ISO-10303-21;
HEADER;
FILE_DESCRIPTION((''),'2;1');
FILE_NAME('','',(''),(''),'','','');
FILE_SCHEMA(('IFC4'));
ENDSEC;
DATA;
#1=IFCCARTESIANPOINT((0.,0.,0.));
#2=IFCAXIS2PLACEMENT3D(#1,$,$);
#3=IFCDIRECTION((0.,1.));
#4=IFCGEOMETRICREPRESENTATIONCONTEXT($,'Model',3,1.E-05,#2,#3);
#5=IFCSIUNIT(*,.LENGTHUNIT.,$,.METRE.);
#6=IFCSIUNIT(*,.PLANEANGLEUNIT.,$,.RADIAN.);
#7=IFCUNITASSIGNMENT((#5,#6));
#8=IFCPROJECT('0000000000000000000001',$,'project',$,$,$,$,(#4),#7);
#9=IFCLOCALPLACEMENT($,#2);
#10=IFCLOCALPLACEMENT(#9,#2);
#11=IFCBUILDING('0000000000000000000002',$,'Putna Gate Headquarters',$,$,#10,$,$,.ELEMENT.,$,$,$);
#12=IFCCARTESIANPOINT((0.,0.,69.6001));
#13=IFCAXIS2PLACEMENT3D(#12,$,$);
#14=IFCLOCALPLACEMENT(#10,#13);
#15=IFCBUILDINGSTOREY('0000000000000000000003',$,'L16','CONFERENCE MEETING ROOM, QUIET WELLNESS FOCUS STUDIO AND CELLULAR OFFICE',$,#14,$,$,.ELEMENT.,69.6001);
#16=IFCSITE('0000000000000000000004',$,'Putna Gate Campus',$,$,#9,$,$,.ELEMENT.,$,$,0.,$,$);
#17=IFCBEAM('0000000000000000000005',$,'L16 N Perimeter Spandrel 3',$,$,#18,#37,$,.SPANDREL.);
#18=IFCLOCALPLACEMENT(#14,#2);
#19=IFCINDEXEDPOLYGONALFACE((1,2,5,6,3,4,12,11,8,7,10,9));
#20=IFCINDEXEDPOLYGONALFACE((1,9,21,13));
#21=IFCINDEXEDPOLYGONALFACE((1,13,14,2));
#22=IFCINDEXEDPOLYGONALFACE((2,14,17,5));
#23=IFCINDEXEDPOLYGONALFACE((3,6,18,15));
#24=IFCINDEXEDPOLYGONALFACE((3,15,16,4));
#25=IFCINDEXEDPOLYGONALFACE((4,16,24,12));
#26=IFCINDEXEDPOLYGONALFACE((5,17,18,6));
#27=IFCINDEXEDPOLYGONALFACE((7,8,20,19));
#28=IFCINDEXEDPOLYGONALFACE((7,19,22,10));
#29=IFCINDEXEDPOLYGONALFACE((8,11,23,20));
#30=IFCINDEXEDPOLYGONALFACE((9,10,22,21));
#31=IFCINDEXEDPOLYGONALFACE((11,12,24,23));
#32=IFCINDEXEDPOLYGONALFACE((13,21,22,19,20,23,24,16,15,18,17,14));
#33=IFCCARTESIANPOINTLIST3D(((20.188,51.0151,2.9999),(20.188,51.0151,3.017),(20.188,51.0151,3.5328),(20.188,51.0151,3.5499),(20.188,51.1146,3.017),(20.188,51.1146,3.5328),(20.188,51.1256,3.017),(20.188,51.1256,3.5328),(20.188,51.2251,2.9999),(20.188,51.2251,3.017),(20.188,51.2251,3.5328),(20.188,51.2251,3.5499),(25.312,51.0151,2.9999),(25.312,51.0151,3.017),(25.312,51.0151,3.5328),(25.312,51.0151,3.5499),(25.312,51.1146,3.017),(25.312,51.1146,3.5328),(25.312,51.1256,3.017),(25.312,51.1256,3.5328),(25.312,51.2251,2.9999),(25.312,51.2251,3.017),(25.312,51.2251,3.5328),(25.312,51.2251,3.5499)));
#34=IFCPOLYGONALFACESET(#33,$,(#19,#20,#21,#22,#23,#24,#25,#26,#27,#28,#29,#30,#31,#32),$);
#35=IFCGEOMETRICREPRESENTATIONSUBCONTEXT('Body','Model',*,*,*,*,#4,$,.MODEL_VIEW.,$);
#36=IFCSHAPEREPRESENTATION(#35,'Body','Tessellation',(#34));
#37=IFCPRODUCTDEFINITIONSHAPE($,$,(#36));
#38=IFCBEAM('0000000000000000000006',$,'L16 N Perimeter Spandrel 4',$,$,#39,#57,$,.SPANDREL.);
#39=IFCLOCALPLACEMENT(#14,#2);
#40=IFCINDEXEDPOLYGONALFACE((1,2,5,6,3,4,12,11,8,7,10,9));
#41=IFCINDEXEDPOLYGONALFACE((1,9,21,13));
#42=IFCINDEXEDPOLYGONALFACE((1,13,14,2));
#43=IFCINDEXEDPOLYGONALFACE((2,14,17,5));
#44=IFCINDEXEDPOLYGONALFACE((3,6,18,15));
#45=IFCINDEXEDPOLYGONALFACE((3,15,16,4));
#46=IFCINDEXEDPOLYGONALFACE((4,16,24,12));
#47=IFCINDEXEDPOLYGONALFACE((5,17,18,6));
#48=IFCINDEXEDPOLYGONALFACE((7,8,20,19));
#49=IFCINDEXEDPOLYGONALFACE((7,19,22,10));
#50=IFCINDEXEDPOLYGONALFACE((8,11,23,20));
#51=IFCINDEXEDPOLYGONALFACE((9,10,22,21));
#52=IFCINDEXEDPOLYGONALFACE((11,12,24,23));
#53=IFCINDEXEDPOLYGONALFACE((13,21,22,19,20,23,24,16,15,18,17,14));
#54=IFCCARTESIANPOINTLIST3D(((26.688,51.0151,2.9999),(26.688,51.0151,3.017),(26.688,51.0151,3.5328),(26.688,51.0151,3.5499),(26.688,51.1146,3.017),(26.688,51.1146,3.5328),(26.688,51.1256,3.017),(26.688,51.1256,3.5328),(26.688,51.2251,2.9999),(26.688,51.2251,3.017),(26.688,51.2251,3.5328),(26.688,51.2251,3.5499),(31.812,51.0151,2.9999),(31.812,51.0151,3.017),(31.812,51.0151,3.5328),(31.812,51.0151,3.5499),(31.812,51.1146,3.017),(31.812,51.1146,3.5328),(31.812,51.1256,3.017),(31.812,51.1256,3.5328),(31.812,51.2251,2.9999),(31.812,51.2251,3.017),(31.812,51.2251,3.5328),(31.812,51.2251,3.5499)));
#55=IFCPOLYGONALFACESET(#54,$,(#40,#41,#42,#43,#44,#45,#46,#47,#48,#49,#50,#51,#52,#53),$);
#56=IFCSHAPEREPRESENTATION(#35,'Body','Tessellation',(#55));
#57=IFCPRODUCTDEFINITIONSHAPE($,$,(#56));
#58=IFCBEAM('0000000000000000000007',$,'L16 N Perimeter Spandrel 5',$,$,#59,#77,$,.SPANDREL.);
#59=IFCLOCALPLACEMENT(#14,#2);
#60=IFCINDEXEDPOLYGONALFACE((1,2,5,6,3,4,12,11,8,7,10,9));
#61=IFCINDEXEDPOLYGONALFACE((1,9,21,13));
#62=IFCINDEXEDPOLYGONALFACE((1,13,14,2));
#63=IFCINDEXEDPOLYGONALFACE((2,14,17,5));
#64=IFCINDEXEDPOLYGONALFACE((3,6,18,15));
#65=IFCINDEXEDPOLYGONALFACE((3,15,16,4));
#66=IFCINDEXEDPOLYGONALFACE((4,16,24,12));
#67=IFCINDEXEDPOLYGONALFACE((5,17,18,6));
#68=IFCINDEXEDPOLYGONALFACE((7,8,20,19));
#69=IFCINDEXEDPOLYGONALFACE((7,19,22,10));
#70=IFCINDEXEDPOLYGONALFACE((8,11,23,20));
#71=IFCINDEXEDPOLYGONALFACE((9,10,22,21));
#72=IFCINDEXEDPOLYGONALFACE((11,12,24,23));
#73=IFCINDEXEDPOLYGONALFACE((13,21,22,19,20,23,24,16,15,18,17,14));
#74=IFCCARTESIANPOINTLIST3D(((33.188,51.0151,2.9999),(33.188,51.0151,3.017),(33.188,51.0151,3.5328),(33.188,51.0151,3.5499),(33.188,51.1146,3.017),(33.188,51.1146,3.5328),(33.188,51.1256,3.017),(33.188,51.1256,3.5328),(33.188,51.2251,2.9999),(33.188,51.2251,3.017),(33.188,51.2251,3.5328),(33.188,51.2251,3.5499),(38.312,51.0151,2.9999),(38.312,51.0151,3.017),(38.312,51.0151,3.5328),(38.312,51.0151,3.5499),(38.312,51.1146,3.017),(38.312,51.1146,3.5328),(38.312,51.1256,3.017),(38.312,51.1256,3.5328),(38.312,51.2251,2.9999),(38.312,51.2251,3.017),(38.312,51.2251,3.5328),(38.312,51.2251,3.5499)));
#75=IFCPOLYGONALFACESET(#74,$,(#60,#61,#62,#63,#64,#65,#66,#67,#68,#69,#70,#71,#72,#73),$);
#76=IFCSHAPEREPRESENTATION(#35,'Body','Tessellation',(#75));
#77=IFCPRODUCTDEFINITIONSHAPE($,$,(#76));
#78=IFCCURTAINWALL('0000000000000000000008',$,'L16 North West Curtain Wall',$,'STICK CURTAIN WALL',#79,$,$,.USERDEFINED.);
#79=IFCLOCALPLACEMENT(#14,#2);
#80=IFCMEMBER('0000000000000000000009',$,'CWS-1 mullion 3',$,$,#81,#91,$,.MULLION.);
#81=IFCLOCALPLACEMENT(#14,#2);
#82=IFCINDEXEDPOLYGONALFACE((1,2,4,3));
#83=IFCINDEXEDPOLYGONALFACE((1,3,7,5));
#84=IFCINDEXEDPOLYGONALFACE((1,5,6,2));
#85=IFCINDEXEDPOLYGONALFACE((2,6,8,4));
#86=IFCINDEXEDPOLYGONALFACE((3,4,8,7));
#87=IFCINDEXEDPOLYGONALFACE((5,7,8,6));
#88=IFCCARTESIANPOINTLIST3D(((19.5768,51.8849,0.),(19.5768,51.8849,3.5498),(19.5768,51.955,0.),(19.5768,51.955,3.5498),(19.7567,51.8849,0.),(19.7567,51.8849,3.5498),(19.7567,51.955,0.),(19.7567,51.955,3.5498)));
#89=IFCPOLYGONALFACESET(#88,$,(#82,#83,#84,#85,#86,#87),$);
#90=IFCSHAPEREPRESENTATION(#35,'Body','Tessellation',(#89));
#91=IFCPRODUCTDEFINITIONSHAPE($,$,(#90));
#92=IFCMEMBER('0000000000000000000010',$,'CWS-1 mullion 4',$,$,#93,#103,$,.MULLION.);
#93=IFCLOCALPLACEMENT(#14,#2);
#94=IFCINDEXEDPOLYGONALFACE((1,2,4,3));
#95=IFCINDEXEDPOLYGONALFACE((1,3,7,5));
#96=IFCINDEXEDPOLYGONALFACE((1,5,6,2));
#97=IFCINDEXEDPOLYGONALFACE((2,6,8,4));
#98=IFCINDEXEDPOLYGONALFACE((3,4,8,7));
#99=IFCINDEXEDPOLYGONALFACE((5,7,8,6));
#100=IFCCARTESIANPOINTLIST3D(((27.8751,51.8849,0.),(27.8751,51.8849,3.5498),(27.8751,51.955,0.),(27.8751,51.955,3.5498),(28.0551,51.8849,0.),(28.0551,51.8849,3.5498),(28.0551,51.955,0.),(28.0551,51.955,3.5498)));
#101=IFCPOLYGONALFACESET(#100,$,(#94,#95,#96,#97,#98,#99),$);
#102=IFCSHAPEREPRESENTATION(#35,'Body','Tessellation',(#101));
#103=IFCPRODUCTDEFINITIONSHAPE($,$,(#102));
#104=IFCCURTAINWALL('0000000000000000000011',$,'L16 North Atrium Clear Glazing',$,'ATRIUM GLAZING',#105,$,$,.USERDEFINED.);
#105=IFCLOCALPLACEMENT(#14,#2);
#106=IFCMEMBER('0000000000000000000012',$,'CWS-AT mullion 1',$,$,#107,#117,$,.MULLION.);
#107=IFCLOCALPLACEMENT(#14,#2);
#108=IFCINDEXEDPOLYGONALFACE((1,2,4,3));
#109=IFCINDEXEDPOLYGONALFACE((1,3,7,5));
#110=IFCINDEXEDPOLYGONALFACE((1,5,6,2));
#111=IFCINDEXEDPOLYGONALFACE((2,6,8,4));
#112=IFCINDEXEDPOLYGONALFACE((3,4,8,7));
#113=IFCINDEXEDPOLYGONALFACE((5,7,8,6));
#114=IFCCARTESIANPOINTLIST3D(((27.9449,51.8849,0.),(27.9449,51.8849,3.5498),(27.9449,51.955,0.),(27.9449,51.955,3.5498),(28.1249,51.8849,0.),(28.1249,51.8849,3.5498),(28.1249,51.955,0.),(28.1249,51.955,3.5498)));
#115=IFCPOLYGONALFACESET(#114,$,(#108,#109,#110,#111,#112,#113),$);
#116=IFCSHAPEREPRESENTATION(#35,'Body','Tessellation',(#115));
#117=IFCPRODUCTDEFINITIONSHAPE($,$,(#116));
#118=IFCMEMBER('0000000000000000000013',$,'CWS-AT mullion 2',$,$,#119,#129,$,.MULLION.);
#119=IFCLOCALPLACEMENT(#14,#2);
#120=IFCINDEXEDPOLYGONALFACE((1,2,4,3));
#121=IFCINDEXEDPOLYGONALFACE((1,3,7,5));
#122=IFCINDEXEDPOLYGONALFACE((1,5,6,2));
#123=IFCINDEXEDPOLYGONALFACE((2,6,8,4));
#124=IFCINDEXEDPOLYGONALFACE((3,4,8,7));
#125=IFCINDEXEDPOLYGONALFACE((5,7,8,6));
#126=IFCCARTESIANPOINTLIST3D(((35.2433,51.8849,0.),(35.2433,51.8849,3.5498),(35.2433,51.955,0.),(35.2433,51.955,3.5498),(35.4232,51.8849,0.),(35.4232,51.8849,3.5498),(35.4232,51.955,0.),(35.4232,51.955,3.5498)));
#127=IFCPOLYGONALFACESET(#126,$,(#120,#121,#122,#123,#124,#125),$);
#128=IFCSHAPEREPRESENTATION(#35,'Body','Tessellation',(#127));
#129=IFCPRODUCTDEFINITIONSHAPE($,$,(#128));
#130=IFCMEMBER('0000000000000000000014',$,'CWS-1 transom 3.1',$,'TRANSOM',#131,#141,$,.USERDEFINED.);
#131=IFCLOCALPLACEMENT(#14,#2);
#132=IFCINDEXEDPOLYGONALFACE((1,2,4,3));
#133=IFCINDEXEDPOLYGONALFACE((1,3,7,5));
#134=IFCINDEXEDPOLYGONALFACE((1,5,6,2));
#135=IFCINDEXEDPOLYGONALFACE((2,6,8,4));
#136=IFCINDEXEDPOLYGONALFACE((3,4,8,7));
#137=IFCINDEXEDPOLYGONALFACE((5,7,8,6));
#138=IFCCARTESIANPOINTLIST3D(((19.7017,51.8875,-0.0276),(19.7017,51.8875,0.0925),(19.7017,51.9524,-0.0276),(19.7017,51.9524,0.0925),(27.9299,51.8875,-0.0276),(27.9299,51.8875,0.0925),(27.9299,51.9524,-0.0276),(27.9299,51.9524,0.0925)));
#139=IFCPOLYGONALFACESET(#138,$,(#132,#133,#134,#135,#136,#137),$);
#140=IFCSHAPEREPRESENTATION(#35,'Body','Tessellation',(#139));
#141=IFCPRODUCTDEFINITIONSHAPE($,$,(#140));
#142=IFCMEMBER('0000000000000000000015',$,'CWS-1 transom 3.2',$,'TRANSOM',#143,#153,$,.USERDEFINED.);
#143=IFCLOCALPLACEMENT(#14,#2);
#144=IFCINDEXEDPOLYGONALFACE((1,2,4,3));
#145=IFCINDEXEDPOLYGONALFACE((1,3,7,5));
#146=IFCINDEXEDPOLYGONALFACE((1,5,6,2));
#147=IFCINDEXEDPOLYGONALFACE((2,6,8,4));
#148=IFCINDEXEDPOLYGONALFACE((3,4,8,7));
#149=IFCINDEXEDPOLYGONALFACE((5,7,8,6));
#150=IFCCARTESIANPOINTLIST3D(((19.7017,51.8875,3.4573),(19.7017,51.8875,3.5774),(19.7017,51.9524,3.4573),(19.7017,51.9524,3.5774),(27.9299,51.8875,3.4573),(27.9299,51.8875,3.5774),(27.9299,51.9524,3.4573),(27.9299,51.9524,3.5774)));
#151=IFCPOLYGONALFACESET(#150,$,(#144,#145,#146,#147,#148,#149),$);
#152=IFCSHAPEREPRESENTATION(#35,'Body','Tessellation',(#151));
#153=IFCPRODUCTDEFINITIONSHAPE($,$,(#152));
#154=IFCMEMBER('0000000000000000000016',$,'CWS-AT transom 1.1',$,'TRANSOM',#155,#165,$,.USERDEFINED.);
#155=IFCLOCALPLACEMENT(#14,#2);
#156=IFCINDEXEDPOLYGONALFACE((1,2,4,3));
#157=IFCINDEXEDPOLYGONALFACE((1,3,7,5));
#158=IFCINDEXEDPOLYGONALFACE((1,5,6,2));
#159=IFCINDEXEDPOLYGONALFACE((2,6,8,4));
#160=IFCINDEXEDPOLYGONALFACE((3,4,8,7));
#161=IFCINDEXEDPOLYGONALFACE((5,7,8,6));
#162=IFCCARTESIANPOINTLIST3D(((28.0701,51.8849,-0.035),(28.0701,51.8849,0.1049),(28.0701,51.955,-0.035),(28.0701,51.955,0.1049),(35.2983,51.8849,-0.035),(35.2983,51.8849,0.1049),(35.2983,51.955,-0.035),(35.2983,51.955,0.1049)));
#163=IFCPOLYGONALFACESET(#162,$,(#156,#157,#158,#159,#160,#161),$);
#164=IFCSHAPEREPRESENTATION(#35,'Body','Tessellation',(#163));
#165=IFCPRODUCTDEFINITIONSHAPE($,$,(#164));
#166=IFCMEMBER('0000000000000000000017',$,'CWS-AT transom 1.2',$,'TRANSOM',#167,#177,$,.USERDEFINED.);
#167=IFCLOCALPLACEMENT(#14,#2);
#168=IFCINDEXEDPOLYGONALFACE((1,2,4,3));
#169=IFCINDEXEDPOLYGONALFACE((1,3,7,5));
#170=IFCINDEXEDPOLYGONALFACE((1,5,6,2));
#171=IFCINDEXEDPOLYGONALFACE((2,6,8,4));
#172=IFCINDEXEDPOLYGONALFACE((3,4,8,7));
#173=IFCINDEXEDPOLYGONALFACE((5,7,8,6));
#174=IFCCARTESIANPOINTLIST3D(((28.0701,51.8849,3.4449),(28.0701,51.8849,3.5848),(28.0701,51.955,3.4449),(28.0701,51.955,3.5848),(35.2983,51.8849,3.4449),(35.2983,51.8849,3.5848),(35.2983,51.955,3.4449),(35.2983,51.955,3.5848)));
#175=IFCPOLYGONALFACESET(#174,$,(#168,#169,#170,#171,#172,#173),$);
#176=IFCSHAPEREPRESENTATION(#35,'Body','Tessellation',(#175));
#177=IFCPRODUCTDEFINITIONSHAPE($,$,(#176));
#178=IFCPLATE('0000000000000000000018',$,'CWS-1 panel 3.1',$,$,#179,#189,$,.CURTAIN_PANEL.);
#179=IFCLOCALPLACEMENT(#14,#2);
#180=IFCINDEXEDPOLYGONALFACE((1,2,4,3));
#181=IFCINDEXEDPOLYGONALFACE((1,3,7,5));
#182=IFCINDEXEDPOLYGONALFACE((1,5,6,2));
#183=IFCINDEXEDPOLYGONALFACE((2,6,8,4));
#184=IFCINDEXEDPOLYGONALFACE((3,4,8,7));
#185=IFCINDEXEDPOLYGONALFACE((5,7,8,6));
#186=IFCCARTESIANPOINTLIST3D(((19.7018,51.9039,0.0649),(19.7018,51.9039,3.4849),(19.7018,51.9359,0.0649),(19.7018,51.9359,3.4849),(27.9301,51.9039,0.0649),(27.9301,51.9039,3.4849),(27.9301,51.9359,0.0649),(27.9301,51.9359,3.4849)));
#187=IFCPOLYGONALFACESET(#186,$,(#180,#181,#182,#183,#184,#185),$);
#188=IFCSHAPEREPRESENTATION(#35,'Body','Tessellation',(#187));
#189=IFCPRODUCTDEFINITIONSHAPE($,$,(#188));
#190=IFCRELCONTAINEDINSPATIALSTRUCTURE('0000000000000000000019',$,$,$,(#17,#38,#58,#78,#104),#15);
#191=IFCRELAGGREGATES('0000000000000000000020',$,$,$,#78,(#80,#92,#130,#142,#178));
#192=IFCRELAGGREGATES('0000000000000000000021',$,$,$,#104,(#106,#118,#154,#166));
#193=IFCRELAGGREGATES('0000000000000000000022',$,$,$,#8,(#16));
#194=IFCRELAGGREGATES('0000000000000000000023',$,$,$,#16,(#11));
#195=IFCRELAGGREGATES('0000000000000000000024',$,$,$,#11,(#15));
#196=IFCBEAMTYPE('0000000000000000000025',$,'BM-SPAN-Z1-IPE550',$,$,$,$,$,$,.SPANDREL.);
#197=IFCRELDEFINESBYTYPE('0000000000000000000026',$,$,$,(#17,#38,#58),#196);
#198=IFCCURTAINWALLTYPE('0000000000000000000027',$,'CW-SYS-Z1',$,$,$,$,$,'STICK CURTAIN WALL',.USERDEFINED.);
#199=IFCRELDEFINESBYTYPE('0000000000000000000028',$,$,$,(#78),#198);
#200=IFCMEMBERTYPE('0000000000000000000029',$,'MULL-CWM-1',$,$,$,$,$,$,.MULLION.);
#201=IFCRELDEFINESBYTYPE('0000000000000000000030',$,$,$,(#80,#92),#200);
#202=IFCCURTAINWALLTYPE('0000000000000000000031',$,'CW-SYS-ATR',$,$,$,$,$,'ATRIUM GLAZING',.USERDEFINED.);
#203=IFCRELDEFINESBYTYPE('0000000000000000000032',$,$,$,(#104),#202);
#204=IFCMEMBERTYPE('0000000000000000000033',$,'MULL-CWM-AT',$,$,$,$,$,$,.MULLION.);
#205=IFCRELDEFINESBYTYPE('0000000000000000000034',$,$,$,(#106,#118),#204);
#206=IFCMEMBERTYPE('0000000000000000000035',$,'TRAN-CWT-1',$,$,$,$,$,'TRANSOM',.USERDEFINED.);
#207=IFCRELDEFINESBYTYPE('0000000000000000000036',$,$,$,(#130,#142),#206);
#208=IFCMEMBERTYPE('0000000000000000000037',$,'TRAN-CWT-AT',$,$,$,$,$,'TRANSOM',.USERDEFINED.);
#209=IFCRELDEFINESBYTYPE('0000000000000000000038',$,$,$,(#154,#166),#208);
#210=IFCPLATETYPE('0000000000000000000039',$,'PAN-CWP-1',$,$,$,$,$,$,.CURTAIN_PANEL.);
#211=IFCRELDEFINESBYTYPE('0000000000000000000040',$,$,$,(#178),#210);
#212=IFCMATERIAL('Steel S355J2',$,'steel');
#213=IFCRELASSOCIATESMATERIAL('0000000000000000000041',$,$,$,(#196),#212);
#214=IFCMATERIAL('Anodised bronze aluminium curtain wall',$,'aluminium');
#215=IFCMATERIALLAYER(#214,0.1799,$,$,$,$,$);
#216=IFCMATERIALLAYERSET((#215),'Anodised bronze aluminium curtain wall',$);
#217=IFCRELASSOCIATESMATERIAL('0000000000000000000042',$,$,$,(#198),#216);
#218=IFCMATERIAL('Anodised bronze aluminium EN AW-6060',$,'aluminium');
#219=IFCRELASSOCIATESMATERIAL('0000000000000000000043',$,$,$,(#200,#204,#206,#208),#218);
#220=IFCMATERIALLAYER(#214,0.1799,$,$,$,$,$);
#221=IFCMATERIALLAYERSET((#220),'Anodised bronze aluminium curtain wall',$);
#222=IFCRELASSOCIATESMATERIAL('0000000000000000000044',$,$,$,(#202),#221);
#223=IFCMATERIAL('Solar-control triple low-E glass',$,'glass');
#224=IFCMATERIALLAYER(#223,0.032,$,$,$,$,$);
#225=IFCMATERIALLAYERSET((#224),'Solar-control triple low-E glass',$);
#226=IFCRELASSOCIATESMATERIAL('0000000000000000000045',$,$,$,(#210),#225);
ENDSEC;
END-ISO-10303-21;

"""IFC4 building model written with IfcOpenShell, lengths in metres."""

from ifc_helpers import new_model, si_unit, direction, frame, origin, origin_2d, place, context, subcontext, project, spatial, rectangle, i_section, extrude, material, layer, layer_set, material_profile, profile_set, type_object, element, aggregate, save


model = new_model("IFC4")

# Units and contexts
model_context = context("Model", 3, precision=1e-05, world=origin(), true_north=direction((0.0, 1.0)))
body_context = subcontext(model_context, "Body", "Model", "MODEL_VIEW")
ifc_project = project(units=[si_unit("LENGTHUNIT", "METRE"), si_unit("PLANEANGLEUNIT", "RADIAN")], contexts=[model_context])

# Site, building, storey
site_placement = place(None, origin())
site = spatial("IfcSite", under=ifc_project, at=site_placement, Name="Putna Gate Campus", CompositionType="ELEMENT", RefElevation=0.0)
building_placement = place(site_placement, origin())
building = spatial("IfcBuilding", under=site, at=building_placement, Name="Putna Gate Headquarters", CompositionType="ELEMENT")
storey_placement = place(building_placement, frame((0.0, 0.0, 69.6001)))
storey = spatial("IfcBuildingStorey", under=building, at=storey_placement, Name="L16", Description="CONFERENCE MEETING ROOM, QUIET WELLNESS FOCUS STUDIO AND CELLULAR OFFICE", CompositionType="ELEMENT", Elevation=69.6001)

# Beams
ifc_material_1 = material(Name="Steel S355J2", Category="steel")
ifc_material_profile_1 = material_profile(ifc_material_1, i_section(OverallWidth=0.21, OverallDepth=0.55, WebThickness=0.011, FlangeThickness=0.0171, at=origin_2d()), Name="Steel S355J2")
ifc_profile_set_1 = profile_set([ifc_material_profile_1], Name="Steel S355J2")
beam_type_1 = type_object("IfcBeamType", Name="BM-SPAN-Z1-IPE550", PredefinedType="SPANDREL", material=ifc_profile_set_1)
for number, where, z_axis, x_axis, name in (
    (1, (20.188, 51.1201, 3.2749), (1.0, 0.0, 0.0), (0.0, 1.0, 0.0), "L16 N Perimeter Spandrel 3"),
    (2, (26.688, 51.1201, 3.2749), (1.0, 0.0, 0.0), (0.0, 1.0, 0.0), "L16 N Perimeter Spandrel 4"),
    (3, (33.188, 51.1201, 3.2749), (1.0, 0.0, 0.0), (0.0, 1.0, 0.0), "L16 N Perimeter Spandrel 5"),
):
    element("IfcBeam", number, at=place(storey_placement, frame(where, z_axis=z_axis, x_axis=x_axis)), inside=storey, type_object=beam_type_1, Name=name, PredefinedType="SPANDREL", context=body_context, shape_type="SweptSolid", body=[
        extrude(i_section(OverallWidth=0.21, OverallDepth=0.55, WebThickness=0.011, FlangeThickness=0.0171, at=origin_2d()), origin(), (0.0, 0.0, 1.0), 5.124),
    ])

# Curtain walls, members
ifc_material_2 = material(Name="Anodised bronze aluminium curtain wall", Category="aluminium")
ifc_layer_1 = layer(ifc_material_2, 0.1799)
ifc_layer_set_1 = layer_set([ifc_layer_1], Name="Anodised bronze aluminium curtain wall")
curtain_wall_type_1 = type_object("IfcCurtainWallType", Name="CW-SYS-Z1", ElementType="STICK CURTAIN WALL", PredefinedType="USERDEFINED", material=ifc_layer_set_1)
curtain_wall_1_placement = place(storey_placement, origin())
curtain_wall_1 = element("IfcCurtainWall", 4, at=curtain_wall_1_placement, inside=storey, type_object=curtain_wall_type_1, Name="L16 North West Curtain Wall", ObjectType="STICK CURTAIN WALL", PredefinedType="USERDEFINED")
ifc_material_3 = material(Name="Anodised bronze aluminium EN AW-6060", Category="aluminium")
ifc_material_profile_2 = material_profile(ifc_material_3, rectangle(XDim=0.0701, YDim=0.1799, at=origin_2d()), Name="Anodised bronze aluminium EN AW-6060")
ifc_profile_set_2 = profile_set([ifc_material_profile_2], Name="Anodised bronze aluminium EN AW-6060")
member_type_1 = type_object("IfcMemberType", Name="MULL-CWM-1", PredefinedType="MULLION", material=ifc_profile_set_2)
member_1_placement = place(storey_placement, frame((19.6667, 51.9199, 0.0), z_axis=(0.0, 0.0, 1.0), x_axis=(0.0, 1.0, 0.0)))
member_1 = element("IfcMember", 5, at=member_1_placement, type_object=member_type_1, Name="CWS-1 mullion 3", PredefinedType="MULLION", context=body_context, shape_type="SweptSolid", body=[
    extrude(rectangle(XDim=0.0701, YDim=0.1799, at=origin_2d()), origin(), (0.0, 0.0, 1.0), 3.5498),
])
member_2_placement = place(storey_placement, frame((27.9651, 51.9199, 0.0), z_axis=(0.0, 0.0, 1.0), x_axis=(0.0, 1.0, 0.0)))
member_2 = element("IfcMember", 6, at=member_2_placement, type_object=member_type_1, Name="CWS-1 mullion 4", PredefinedType="MULLION", context=body_context, shape_type="SweptSolid", body=[
    extrude(rectangle(XDim=0.0701, YDim=0.1799, at=origin_2d()), origin(), (0.0, 0.0, 1.0), 3.5498),
])
ifc_layer_2 = layer(ifc_material_2, 0.1799)
ifc_layer_set_2 = layer_set([ifc_layer_2], Name="Anodised bronze aluminium curtain wall")
curtain_wall_type_2 = type_object("IfcCurtainWallType", Name="CW-SYS-ATR", ElementType="ATRIUM GLAZING", PredefinedType="USERDEFINED", material=ifc_layer_set_2)
curtain_wall_2_placement = place(storey_placement, origin())
curtain_wall_2 = element("IfcCurtainWall", 7, at=curtain_wall_2_placement, inside=storey, type_object=curtain_wall_type_2, Name="L16 North Atrium Clear Glazing", ObjectType="ATRIUM GLAZING", PredefinedType="USERDEFINED")
ifc_material_profile_3 = material_profile(ifc_material_3, rectangle(XDim=0.0701, YDim=0.1799, at=origin_2d()), Name="Anodised bronze aluminium EN AW-6060")
ifc_profile_set_3 = profile_set([ifc_material_profile_3], Name="Anodised bronze aluminium EN AW-6060")
member_type_2 = type_object("IfcMemberType", Name="MULL-CWM-AT", PredefinedType="MULLION", material=ifc_profile_set_3)
member_3_placement = place(storey_placement, frame((28.0349, 51.9199, 0.0), z_axis=(0.0, 0.0, 1.0), x_axis=(0.0, 1.0, 0.0)))
member_3 = element("IfcMember", 8, at=member_3_placement, type_object=member_type_2, Name="CWS-AT mullion 1", PredefinedType="MULLION", context=body_context, shape_type="SweptSolid", body=[
    extrude(rectangle(XDim=0.0701, YDim=0.1799, at=origin_2d()), origin(), (0.0, 0.0, 1.0), 3.5498),
])
member_4_placement = place(storey_placement, frame((35.3333, 51.9199, 0.0), z_axis=(0.0, 0.0, 1.0), x_axis=(0.0, 1.0, 0.0)))
member_4 = element("IfcMember", 9, at=member_4_placement, type_object=member_type_2, Name="CWS-AT mullion 2", PredefinedType="MULLION", context=body_context, shape_type="SweptSolid", body=[
    extrude(rectangle(XDim=0.0701, YDim=0.1799, at=origin_2d()), origin(), (0.0, 0.0, 1.0), 3.5498),
])

# Members
ifc_material_profile_4 = material_profile(ifc_material_3, rectangle(XDim=0.0649, YDim=0.1201, at=origin_2d()), Name="Anodised bronze aluminium EN AW-6060")
ifc_profile_set_4 = profile_set([ifc_material_profile_4], Name="Anodised bronze aluminium EN AW-6060")
member_type_3 = type_object("IfcMemberType", Name="TRAN-CWT-1", ElementType="TRANSOM", PredefinedType="USERDEFINED", material=ifc_profile_set_4)
member_5_placement = place(storey_placement, frame((19.7017, 51.9199, 0.0325), z_axis=(1.0, 0.0, 0.0), x_axis=(0.0, 1.0, 0.0)))
member_5 = element("IfcMember", 10, at=member_5_placement, type_object=member_type_3, Name="CWS-1 transom 3.1", ObjectType="TRANSOM", PredefinedType="USERDEFINED", context=body_context, shape_type="SweptSolid", body=[
    extrude(rectangle(XDim=0.0649, YDim=0.1201, at=origin_2d()), origin(), (0.0, 0.0, 1.0), 8.2283),
])
member_6_placement = place(storey_placement, frame((19.7017, 51.9199, 3.5173), z_axis=(1.0, 0.0, 0.0), x_axis=(0.0, 1.0, 0.0)))
member_6 = element("IfcMember", 11, at=member_6_placement, type_object=member_type_3, Name="CWS-1 transom 3.2", ObjectType="TRANSOM", PredefinedType="USERDEFINED", context=body_context, shape_type="SweptSolid", body=[
    extrude(rectangle(XDim=0.0649, YDim=0.1201, at=origin_2d()), origin(), (0.0, 0.0, 1.0), 8.2283),
])
ifc_material_profile_5 = material_profile(ifc_material_3, rectangle(XDim=0.0701, YDim=0.1399, at=origin_2d()), Name="Anodised bronze aluminium EN AW-6060")
ifc_profile_set_5 = profile_set([ifc_material_profile_5], Name="Anodised bronze aluminium EN AW-6060")
member_type_4 = type_object("IfcMemberType", Name="TRAN-CWT-AT", ElementType="TRANSOM", PredefinedType="USERDEFINED", material=ifc_profile_set_5)
member_7_placement = place(storey_placement, frame((28.0701, 51.9199, 0.0349), z_axis=(1.0, 0.0, 0.0), x_axis=(0.0, 1.0, 0.0)))
member_7 = element("IfcMember", 12, at=member_7_placement, type_object=member_type_4, Name="CWS-AT transom 1.1", ObjectType="TRANSOM", PredefinedType="USERDEFINED", context=body_context, shape_type="SweptSolid", body=[
    extrude(rectangle(XDim=0.0701, YDim=0.1399, at=origin_2d()), origin(), (0.0, 0.0, 1.0), 7.2283),
])
member_8_placement = place(storey_placement, frame((28.0701, 51.9199, 3.5149), z_axis=(1.0, 0.0, 0.0), x_axis=(0.0, 1.0, 0.0)))
member_8 = element("IfcMember", 13, at=member_8_placement, type_object=member_type_4, Name="CWS-AT transom 1.2", ObjectType="TRANSOM", PredefinedType="USERDEFINED", context=body_context, shape_type="SweptSolid", body=[
    extrude(rectangle(XDim=0.0701, YDim=0.1399, at=origin_2d()), origin(), (0.0, 0.0, 1.0), 7.2283),
])

# Plate
ifc_material_4 = material(Name="Solar-control triple low-E glass", Category="glass")
ifc_layer_3 = layer(ifc_material_4, 0.032)
ifc_layer_set_3 = layer_set([ifc_layer_3], Name="Solar-control triple low-E glass")
plate_type_1 = type_object("IfcPlateType", Name="PAN-CWP-1", PredefinedType="CURTAIN_PANEL", material=ifc_layer_set_3)
plate_1_placement = place(storey_placement, frame((23.8159, 51.9199, 0.0649), z_axis=(0.0, 0.0, 1.0), x_axis=(1.0, 0.0, 0.0)))
plate_1 = element("IfcPlate", 14, at=plate_1_placement, type_object=plate_type_1, Name="CWS-1 panel 3.1", PredefinedType="CURTAIN_PANEL", context=body_context, shape_type="SweptSolid", body=[
    extrude(rectangle(XDim=8.2283, YDim=0.032, at=origin_2d()), origin(), (0.0, 0.0, 1.0), 3.4199),
])
aggregate(curtain_wall_1, [member_1, member_2, member_5, member_6, plate_1])
aggregate(curtain_wall_2, [member_3, member_4, member_7, member_8])

save(model, "model.ifc")
